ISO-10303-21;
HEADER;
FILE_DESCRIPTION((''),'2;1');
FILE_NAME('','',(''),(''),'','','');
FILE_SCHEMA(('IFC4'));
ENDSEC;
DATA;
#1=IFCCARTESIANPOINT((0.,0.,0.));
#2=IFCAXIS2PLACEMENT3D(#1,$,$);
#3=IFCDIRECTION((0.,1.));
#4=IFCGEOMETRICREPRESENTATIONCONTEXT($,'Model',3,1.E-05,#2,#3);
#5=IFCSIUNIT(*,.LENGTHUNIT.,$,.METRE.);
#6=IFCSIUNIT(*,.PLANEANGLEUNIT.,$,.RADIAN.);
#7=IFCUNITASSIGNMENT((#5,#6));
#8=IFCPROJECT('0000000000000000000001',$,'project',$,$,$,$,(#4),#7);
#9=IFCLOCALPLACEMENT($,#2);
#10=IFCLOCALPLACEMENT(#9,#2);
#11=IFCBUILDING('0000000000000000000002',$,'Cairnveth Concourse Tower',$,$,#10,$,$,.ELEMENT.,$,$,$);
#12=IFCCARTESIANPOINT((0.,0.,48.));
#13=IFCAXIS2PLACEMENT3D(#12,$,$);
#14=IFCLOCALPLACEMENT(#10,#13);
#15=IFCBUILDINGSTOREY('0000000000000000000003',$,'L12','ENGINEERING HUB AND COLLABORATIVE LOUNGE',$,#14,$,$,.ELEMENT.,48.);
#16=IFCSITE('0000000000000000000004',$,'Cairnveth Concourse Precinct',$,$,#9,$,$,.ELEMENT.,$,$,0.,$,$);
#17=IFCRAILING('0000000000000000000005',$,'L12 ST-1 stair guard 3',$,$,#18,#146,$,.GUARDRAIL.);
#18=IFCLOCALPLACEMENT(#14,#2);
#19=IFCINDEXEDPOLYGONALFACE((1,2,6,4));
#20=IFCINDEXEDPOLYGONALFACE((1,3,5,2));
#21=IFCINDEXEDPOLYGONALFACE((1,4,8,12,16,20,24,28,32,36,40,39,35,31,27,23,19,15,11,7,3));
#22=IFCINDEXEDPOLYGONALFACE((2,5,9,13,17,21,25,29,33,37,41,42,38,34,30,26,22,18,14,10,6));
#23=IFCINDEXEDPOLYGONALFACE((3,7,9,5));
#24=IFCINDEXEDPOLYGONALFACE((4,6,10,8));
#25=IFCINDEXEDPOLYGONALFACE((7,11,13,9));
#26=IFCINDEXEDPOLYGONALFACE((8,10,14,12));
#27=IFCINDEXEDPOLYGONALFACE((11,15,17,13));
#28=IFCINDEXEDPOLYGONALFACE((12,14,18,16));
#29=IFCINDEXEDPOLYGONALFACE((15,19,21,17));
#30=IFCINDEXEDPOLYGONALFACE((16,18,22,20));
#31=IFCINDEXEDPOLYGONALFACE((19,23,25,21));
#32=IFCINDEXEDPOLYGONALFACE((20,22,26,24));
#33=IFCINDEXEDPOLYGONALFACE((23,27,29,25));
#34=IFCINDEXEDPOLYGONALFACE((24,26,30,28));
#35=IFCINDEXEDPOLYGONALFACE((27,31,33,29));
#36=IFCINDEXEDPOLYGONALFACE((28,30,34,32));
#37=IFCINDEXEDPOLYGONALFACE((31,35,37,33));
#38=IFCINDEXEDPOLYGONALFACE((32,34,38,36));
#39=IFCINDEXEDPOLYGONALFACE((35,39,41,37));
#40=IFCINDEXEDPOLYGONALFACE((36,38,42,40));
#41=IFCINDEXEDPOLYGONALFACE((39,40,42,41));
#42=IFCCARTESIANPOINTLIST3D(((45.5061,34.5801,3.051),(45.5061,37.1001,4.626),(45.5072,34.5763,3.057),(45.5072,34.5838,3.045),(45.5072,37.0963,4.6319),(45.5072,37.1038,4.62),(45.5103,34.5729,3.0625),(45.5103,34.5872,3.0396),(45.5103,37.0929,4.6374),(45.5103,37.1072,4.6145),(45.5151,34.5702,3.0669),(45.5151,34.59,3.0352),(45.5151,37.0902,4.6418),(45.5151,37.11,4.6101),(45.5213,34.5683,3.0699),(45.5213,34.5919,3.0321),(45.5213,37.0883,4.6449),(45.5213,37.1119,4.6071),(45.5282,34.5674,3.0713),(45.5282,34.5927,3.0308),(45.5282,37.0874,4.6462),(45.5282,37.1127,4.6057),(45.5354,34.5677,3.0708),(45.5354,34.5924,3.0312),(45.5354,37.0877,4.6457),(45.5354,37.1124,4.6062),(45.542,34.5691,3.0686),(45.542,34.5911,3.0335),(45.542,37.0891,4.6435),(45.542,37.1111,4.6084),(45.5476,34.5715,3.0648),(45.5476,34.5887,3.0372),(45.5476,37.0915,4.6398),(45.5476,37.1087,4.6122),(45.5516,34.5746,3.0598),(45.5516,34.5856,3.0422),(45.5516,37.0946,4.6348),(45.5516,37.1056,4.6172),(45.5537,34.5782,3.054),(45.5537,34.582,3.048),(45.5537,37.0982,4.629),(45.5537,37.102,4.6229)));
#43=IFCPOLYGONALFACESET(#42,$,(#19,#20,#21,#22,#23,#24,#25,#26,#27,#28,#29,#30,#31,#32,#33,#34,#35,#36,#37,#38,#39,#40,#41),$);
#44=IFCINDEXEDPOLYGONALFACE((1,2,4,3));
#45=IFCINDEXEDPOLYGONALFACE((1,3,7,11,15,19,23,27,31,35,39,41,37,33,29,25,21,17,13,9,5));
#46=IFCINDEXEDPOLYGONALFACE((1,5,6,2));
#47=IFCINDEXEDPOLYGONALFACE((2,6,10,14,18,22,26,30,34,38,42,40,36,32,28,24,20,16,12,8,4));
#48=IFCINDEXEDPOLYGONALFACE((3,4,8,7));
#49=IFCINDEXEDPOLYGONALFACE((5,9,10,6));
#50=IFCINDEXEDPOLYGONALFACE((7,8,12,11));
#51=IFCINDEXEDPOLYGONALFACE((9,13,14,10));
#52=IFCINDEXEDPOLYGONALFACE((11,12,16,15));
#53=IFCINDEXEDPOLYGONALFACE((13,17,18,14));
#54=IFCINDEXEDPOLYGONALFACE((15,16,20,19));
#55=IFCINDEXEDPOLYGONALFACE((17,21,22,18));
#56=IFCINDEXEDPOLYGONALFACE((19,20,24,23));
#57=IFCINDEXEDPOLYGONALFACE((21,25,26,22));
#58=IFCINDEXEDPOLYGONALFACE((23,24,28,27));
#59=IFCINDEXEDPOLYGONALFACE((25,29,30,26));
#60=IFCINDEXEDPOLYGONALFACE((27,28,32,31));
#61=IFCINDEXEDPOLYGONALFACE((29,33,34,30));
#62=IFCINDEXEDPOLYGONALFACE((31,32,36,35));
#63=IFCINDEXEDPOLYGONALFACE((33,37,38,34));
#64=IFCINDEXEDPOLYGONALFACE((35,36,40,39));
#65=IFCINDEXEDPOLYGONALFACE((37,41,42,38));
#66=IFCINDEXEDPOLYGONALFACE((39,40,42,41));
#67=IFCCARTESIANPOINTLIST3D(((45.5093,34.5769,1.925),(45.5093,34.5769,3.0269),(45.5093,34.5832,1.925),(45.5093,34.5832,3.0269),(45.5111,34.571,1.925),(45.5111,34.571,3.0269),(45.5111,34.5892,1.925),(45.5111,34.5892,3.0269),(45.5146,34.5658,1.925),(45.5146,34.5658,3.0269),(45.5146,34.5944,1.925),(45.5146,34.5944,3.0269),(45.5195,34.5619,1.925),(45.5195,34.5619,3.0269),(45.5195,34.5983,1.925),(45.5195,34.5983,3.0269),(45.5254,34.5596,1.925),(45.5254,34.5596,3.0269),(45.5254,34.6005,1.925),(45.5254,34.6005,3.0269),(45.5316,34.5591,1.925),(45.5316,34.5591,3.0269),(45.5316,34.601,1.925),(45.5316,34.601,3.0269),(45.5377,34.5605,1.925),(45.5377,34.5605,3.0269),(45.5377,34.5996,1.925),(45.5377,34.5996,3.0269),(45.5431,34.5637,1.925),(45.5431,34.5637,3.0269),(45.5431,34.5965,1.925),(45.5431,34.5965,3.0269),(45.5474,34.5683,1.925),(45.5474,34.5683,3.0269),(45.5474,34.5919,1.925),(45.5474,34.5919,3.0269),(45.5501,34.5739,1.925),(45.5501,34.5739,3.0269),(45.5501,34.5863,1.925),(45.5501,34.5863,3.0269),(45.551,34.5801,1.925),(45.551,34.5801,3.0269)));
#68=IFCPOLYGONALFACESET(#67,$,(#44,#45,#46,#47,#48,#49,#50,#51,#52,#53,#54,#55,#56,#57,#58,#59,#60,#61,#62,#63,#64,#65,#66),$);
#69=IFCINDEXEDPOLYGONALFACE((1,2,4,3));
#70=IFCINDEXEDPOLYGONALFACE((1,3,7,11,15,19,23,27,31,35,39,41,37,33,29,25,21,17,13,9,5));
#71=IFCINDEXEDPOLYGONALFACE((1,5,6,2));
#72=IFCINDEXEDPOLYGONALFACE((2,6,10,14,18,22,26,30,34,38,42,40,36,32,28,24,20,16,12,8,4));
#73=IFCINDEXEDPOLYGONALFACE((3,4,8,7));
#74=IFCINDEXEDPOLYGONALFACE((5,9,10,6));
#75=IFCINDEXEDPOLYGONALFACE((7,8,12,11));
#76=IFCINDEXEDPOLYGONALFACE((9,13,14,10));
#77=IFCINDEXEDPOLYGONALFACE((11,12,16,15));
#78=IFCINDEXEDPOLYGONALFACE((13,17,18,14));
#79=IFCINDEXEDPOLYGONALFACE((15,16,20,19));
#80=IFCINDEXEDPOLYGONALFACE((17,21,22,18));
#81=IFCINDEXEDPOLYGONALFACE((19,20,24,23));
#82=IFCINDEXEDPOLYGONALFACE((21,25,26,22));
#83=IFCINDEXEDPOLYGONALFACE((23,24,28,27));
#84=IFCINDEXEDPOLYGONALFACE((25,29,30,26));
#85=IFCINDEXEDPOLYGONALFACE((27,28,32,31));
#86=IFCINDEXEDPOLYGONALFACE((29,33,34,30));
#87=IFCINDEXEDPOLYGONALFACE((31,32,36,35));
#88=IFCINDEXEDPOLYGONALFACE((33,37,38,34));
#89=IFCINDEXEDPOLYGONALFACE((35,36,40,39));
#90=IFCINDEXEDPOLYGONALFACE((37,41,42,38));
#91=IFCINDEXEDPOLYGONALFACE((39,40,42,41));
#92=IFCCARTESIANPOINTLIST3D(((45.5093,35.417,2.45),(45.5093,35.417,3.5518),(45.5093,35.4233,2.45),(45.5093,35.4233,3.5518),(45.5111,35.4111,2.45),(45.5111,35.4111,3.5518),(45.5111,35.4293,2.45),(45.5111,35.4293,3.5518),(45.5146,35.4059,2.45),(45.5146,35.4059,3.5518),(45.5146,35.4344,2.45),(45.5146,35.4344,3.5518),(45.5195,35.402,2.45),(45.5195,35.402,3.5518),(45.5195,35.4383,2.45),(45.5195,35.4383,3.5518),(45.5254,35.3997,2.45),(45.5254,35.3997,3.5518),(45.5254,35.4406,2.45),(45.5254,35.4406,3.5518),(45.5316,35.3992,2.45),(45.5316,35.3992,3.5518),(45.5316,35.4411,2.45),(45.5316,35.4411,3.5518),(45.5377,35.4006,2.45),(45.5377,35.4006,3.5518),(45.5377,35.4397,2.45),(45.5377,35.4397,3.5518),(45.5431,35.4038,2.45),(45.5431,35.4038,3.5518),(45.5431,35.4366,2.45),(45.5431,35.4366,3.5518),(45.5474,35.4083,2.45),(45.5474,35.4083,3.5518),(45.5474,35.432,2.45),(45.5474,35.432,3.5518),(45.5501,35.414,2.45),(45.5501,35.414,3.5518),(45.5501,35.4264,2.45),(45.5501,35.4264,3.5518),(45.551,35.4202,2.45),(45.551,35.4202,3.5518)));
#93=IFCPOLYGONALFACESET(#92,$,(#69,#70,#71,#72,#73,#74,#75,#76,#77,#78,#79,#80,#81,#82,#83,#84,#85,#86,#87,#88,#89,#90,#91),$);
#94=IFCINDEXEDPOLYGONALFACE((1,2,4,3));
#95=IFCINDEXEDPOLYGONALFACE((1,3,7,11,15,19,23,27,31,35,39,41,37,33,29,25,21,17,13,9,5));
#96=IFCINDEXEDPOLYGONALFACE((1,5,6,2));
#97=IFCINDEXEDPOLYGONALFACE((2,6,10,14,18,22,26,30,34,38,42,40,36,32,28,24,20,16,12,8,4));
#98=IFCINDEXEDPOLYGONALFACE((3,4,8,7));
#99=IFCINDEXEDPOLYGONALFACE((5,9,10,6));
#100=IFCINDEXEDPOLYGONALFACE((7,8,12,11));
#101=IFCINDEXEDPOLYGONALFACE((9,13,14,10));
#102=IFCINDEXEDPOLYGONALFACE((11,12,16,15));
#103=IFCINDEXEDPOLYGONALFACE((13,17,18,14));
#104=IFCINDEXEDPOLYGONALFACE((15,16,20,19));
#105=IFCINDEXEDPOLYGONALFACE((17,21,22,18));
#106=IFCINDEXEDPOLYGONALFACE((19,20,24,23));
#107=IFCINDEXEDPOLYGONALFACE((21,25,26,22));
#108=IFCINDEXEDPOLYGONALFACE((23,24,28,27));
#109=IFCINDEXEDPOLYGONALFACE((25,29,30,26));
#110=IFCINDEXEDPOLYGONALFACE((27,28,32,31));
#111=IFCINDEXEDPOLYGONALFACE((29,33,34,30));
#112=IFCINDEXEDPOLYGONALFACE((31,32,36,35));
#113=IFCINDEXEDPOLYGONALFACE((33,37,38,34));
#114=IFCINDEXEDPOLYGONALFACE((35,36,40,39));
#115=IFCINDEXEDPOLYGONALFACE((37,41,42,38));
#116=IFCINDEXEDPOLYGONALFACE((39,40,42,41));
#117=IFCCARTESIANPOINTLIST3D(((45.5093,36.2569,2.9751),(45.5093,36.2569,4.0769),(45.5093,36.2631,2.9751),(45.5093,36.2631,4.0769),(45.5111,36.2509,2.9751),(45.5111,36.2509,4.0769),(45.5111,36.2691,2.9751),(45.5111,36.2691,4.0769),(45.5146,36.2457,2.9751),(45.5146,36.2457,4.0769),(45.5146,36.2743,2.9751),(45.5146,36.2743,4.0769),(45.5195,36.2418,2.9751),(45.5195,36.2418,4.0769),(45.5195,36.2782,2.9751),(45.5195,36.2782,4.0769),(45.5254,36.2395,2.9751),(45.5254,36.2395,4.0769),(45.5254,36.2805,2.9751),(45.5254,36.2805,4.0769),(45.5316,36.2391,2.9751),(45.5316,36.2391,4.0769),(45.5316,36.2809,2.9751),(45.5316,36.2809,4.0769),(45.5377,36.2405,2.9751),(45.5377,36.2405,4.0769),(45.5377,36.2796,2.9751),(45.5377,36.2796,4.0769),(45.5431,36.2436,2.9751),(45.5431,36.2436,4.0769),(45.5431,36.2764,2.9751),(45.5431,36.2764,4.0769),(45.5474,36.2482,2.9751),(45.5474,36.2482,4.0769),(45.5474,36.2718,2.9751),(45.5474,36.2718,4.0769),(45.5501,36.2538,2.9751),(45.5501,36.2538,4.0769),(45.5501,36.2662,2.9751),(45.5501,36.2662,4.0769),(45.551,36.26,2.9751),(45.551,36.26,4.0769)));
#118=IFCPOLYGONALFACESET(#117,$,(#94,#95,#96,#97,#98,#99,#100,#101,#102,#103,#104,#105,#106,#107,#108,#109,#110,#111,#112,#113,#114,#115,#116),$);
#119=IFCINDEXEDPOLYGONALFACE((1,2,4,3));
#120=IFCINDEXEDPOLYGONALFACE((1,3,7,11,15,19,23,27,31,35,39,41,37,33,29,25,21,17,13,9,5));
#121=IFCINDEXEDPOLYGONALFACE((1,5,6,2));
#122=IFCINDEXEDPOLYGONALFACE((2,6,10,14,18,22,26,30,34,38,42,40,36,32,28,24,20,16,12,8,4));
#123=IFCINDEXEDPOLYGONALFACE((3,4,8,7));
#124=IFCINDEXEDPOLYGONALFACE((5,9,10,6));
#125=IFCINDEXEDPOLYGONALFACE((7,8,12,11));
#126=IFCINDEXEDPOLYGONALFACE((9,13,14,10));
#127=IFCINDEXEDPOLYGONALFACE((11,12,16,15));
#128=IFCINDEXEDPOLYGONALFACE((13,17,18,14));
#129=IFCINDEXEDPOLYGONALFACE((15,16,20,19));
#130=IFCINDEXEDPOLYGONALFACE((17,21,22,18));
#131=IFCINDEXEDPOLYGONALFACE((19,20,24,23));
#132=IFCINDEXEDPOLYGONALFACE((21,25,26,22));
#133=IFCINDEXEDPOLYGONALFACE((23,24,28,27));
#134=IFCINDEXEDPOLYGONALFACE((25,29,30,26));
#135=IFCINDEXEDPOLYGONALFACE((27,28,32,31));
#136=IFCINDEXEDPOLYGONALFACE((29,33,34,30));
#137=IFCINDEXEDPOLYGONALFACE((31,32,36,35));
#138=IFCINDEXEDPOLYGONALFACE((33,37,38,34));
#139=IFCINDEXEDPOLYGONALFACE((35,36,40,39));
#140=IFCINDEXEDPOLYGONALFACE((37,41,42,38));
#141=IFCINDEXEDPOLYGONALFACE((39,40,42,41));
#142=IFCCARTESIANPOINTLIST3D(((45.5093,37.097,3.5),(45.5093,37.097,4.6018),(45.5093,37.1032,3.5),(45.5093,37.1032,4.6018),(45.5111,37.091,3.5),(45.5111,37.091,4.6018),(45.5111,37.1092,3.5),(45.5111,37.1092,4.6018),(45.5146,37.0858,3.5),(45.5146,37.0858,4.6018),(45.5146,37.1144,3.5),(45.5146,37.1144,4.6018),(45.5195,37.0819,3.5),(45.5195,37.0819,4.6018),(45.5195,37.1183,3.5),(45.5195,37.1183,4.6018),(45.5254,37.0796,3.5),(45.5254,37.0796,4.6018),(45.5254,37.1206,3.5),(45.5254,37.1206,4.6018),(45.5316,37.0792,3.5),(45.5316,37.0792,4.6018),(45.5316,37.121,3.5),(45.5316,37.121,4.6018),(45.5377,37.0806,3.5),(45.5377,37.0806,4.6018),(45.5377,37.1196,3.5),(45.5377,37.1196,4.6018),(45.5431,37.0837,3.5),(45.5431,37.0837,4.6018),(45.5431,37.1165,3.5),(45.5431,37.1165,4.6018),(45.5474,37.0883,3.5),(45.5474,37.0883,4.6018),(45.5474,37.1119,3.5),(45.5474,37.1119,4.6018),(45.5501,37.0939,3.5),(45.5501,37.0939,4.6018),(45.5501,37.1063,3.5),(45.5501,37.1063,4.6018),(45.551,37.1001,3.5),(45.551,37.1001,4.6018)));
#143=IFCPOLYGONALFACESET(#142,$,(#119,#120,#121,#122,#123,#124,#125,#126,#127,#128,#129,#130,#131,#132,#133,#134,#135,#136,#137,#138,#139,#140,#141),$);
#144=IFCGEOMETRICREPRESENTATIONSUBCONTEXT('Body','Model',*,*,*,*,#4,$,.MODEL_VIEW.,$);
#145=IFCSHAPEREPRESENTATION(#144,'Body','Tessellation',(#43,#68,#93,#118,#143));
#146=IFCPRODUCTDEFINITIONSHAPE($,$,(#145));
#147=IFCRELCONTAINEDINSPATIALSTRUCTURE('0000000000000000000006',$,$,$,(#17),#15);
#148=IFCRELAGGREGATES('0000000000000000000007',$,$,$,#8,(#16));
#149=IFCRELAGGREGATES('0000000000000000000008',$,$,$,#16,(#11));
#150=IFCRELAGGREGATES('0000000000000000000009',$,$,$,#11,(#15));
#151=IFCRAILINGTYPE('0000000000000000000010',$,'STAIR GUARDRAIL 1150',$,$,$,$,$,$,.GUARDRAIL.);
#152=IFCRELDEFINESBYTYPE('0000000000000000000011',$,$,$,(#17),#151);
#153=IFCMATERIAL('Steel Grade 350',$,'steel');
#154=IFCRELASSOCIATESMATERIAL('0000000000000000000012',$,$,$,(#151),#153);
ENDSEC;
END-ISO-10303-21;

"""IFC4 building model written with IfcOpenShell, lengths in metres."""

from ifc_helpers import new_model, si_unit, direction, frame, origin, origin_2d, place, context, subcontext, project, spatial, circle, extrude, material, type_object, element, save


model = new_model("IFC4")

# Units and contexts
model_context = context("Model", 3, precision=1e-05, world=origin(), true_north=direction((0.0, 1.0)))
body_context = subcontext(model_context, "Body", "Model", "MODEL_VIEW")
ifc_project = project(units=[si_unit("LENGTHUNIT", "METRE"), si_unit("PLANEANGLEUNIT", "RADIAN")], contexts=[model_context])

# Site, building, storey
site_placement = place(None, origin())
site = spatial("IfcSite", under=ifc_project, at=site_placement, Name="Cairnveth Concourse Precinct", CompositionType="ELEMENT", RefElevation=0.0)
building_placement = place(site_placement, origin())
building = spatial("IfcBuilding", under=site, at=building_placement, Name="Cairnveth Concourse Tower", CompositionType="ELEMENT")
storey_placement = place(building_placement, frame((0.0, 0.0, 48.0)))
storey = spatial("IfcBuildingStorey", under=building, at=storey_placement, Name="L12", Description="ENGINEERING HUB AND COLLABORATIVE LOUNGE", CompositionType="ELEMENT", Elevation=48.0)

# Railing
ifc_material_1 = material(Name="Steel Grade 350", Category="steel")
railing_type_1 = type_object("IfcRailingType", Name="STAIR GUARDRAIL 1150", PredefinedType="GUARDRAIL", material=ifc_material_1)
railing_1_placement = place(storey_placement, frame((45.53, 34.5801, 1.925)))
element("IfcRailing", 1, at=railing_1_placement, inside=storey, type_object=railing_type_1, Name="L12 ST-1 stair guard 3", PredefinedType="GUARDRAIL", context=body_context, shape_type="SweptSolid", body=[
    extrude(circle(Radius=0.0239, at=origin_2d()), frame((0.0, 0.0, 1.126), z_axis=(0.0, 0.848008, 0.529984), x_axis=(-1.0, 0.0, 0.0)), (0.0, 0.0, 1.0), 2.9717),
    extrude(circle(Radius=0.021, at=origin_2d()), origin(), (0.0, 0.0, 1.0), 1.1018),
    extrude(circle(Radius=0.021, at=origin_2d()), frame((0.0, 0.8401, 0.5249)), (0.0, 0.0, 1.0), 1.1018),
    extrude(circle(Radius=0.021, at=origin_2d()), frame((0.0, 1.6799, 1.05)), (0.0, 0.0, 1.0), 1.1018),
    extrude(circle(Radius=0.021, at=origin_2d()), frame((0.0, 2.52, 1.575)), (0.0, 0.0, 1.0), 1.1018),
])

save(model, "model.ifc")
